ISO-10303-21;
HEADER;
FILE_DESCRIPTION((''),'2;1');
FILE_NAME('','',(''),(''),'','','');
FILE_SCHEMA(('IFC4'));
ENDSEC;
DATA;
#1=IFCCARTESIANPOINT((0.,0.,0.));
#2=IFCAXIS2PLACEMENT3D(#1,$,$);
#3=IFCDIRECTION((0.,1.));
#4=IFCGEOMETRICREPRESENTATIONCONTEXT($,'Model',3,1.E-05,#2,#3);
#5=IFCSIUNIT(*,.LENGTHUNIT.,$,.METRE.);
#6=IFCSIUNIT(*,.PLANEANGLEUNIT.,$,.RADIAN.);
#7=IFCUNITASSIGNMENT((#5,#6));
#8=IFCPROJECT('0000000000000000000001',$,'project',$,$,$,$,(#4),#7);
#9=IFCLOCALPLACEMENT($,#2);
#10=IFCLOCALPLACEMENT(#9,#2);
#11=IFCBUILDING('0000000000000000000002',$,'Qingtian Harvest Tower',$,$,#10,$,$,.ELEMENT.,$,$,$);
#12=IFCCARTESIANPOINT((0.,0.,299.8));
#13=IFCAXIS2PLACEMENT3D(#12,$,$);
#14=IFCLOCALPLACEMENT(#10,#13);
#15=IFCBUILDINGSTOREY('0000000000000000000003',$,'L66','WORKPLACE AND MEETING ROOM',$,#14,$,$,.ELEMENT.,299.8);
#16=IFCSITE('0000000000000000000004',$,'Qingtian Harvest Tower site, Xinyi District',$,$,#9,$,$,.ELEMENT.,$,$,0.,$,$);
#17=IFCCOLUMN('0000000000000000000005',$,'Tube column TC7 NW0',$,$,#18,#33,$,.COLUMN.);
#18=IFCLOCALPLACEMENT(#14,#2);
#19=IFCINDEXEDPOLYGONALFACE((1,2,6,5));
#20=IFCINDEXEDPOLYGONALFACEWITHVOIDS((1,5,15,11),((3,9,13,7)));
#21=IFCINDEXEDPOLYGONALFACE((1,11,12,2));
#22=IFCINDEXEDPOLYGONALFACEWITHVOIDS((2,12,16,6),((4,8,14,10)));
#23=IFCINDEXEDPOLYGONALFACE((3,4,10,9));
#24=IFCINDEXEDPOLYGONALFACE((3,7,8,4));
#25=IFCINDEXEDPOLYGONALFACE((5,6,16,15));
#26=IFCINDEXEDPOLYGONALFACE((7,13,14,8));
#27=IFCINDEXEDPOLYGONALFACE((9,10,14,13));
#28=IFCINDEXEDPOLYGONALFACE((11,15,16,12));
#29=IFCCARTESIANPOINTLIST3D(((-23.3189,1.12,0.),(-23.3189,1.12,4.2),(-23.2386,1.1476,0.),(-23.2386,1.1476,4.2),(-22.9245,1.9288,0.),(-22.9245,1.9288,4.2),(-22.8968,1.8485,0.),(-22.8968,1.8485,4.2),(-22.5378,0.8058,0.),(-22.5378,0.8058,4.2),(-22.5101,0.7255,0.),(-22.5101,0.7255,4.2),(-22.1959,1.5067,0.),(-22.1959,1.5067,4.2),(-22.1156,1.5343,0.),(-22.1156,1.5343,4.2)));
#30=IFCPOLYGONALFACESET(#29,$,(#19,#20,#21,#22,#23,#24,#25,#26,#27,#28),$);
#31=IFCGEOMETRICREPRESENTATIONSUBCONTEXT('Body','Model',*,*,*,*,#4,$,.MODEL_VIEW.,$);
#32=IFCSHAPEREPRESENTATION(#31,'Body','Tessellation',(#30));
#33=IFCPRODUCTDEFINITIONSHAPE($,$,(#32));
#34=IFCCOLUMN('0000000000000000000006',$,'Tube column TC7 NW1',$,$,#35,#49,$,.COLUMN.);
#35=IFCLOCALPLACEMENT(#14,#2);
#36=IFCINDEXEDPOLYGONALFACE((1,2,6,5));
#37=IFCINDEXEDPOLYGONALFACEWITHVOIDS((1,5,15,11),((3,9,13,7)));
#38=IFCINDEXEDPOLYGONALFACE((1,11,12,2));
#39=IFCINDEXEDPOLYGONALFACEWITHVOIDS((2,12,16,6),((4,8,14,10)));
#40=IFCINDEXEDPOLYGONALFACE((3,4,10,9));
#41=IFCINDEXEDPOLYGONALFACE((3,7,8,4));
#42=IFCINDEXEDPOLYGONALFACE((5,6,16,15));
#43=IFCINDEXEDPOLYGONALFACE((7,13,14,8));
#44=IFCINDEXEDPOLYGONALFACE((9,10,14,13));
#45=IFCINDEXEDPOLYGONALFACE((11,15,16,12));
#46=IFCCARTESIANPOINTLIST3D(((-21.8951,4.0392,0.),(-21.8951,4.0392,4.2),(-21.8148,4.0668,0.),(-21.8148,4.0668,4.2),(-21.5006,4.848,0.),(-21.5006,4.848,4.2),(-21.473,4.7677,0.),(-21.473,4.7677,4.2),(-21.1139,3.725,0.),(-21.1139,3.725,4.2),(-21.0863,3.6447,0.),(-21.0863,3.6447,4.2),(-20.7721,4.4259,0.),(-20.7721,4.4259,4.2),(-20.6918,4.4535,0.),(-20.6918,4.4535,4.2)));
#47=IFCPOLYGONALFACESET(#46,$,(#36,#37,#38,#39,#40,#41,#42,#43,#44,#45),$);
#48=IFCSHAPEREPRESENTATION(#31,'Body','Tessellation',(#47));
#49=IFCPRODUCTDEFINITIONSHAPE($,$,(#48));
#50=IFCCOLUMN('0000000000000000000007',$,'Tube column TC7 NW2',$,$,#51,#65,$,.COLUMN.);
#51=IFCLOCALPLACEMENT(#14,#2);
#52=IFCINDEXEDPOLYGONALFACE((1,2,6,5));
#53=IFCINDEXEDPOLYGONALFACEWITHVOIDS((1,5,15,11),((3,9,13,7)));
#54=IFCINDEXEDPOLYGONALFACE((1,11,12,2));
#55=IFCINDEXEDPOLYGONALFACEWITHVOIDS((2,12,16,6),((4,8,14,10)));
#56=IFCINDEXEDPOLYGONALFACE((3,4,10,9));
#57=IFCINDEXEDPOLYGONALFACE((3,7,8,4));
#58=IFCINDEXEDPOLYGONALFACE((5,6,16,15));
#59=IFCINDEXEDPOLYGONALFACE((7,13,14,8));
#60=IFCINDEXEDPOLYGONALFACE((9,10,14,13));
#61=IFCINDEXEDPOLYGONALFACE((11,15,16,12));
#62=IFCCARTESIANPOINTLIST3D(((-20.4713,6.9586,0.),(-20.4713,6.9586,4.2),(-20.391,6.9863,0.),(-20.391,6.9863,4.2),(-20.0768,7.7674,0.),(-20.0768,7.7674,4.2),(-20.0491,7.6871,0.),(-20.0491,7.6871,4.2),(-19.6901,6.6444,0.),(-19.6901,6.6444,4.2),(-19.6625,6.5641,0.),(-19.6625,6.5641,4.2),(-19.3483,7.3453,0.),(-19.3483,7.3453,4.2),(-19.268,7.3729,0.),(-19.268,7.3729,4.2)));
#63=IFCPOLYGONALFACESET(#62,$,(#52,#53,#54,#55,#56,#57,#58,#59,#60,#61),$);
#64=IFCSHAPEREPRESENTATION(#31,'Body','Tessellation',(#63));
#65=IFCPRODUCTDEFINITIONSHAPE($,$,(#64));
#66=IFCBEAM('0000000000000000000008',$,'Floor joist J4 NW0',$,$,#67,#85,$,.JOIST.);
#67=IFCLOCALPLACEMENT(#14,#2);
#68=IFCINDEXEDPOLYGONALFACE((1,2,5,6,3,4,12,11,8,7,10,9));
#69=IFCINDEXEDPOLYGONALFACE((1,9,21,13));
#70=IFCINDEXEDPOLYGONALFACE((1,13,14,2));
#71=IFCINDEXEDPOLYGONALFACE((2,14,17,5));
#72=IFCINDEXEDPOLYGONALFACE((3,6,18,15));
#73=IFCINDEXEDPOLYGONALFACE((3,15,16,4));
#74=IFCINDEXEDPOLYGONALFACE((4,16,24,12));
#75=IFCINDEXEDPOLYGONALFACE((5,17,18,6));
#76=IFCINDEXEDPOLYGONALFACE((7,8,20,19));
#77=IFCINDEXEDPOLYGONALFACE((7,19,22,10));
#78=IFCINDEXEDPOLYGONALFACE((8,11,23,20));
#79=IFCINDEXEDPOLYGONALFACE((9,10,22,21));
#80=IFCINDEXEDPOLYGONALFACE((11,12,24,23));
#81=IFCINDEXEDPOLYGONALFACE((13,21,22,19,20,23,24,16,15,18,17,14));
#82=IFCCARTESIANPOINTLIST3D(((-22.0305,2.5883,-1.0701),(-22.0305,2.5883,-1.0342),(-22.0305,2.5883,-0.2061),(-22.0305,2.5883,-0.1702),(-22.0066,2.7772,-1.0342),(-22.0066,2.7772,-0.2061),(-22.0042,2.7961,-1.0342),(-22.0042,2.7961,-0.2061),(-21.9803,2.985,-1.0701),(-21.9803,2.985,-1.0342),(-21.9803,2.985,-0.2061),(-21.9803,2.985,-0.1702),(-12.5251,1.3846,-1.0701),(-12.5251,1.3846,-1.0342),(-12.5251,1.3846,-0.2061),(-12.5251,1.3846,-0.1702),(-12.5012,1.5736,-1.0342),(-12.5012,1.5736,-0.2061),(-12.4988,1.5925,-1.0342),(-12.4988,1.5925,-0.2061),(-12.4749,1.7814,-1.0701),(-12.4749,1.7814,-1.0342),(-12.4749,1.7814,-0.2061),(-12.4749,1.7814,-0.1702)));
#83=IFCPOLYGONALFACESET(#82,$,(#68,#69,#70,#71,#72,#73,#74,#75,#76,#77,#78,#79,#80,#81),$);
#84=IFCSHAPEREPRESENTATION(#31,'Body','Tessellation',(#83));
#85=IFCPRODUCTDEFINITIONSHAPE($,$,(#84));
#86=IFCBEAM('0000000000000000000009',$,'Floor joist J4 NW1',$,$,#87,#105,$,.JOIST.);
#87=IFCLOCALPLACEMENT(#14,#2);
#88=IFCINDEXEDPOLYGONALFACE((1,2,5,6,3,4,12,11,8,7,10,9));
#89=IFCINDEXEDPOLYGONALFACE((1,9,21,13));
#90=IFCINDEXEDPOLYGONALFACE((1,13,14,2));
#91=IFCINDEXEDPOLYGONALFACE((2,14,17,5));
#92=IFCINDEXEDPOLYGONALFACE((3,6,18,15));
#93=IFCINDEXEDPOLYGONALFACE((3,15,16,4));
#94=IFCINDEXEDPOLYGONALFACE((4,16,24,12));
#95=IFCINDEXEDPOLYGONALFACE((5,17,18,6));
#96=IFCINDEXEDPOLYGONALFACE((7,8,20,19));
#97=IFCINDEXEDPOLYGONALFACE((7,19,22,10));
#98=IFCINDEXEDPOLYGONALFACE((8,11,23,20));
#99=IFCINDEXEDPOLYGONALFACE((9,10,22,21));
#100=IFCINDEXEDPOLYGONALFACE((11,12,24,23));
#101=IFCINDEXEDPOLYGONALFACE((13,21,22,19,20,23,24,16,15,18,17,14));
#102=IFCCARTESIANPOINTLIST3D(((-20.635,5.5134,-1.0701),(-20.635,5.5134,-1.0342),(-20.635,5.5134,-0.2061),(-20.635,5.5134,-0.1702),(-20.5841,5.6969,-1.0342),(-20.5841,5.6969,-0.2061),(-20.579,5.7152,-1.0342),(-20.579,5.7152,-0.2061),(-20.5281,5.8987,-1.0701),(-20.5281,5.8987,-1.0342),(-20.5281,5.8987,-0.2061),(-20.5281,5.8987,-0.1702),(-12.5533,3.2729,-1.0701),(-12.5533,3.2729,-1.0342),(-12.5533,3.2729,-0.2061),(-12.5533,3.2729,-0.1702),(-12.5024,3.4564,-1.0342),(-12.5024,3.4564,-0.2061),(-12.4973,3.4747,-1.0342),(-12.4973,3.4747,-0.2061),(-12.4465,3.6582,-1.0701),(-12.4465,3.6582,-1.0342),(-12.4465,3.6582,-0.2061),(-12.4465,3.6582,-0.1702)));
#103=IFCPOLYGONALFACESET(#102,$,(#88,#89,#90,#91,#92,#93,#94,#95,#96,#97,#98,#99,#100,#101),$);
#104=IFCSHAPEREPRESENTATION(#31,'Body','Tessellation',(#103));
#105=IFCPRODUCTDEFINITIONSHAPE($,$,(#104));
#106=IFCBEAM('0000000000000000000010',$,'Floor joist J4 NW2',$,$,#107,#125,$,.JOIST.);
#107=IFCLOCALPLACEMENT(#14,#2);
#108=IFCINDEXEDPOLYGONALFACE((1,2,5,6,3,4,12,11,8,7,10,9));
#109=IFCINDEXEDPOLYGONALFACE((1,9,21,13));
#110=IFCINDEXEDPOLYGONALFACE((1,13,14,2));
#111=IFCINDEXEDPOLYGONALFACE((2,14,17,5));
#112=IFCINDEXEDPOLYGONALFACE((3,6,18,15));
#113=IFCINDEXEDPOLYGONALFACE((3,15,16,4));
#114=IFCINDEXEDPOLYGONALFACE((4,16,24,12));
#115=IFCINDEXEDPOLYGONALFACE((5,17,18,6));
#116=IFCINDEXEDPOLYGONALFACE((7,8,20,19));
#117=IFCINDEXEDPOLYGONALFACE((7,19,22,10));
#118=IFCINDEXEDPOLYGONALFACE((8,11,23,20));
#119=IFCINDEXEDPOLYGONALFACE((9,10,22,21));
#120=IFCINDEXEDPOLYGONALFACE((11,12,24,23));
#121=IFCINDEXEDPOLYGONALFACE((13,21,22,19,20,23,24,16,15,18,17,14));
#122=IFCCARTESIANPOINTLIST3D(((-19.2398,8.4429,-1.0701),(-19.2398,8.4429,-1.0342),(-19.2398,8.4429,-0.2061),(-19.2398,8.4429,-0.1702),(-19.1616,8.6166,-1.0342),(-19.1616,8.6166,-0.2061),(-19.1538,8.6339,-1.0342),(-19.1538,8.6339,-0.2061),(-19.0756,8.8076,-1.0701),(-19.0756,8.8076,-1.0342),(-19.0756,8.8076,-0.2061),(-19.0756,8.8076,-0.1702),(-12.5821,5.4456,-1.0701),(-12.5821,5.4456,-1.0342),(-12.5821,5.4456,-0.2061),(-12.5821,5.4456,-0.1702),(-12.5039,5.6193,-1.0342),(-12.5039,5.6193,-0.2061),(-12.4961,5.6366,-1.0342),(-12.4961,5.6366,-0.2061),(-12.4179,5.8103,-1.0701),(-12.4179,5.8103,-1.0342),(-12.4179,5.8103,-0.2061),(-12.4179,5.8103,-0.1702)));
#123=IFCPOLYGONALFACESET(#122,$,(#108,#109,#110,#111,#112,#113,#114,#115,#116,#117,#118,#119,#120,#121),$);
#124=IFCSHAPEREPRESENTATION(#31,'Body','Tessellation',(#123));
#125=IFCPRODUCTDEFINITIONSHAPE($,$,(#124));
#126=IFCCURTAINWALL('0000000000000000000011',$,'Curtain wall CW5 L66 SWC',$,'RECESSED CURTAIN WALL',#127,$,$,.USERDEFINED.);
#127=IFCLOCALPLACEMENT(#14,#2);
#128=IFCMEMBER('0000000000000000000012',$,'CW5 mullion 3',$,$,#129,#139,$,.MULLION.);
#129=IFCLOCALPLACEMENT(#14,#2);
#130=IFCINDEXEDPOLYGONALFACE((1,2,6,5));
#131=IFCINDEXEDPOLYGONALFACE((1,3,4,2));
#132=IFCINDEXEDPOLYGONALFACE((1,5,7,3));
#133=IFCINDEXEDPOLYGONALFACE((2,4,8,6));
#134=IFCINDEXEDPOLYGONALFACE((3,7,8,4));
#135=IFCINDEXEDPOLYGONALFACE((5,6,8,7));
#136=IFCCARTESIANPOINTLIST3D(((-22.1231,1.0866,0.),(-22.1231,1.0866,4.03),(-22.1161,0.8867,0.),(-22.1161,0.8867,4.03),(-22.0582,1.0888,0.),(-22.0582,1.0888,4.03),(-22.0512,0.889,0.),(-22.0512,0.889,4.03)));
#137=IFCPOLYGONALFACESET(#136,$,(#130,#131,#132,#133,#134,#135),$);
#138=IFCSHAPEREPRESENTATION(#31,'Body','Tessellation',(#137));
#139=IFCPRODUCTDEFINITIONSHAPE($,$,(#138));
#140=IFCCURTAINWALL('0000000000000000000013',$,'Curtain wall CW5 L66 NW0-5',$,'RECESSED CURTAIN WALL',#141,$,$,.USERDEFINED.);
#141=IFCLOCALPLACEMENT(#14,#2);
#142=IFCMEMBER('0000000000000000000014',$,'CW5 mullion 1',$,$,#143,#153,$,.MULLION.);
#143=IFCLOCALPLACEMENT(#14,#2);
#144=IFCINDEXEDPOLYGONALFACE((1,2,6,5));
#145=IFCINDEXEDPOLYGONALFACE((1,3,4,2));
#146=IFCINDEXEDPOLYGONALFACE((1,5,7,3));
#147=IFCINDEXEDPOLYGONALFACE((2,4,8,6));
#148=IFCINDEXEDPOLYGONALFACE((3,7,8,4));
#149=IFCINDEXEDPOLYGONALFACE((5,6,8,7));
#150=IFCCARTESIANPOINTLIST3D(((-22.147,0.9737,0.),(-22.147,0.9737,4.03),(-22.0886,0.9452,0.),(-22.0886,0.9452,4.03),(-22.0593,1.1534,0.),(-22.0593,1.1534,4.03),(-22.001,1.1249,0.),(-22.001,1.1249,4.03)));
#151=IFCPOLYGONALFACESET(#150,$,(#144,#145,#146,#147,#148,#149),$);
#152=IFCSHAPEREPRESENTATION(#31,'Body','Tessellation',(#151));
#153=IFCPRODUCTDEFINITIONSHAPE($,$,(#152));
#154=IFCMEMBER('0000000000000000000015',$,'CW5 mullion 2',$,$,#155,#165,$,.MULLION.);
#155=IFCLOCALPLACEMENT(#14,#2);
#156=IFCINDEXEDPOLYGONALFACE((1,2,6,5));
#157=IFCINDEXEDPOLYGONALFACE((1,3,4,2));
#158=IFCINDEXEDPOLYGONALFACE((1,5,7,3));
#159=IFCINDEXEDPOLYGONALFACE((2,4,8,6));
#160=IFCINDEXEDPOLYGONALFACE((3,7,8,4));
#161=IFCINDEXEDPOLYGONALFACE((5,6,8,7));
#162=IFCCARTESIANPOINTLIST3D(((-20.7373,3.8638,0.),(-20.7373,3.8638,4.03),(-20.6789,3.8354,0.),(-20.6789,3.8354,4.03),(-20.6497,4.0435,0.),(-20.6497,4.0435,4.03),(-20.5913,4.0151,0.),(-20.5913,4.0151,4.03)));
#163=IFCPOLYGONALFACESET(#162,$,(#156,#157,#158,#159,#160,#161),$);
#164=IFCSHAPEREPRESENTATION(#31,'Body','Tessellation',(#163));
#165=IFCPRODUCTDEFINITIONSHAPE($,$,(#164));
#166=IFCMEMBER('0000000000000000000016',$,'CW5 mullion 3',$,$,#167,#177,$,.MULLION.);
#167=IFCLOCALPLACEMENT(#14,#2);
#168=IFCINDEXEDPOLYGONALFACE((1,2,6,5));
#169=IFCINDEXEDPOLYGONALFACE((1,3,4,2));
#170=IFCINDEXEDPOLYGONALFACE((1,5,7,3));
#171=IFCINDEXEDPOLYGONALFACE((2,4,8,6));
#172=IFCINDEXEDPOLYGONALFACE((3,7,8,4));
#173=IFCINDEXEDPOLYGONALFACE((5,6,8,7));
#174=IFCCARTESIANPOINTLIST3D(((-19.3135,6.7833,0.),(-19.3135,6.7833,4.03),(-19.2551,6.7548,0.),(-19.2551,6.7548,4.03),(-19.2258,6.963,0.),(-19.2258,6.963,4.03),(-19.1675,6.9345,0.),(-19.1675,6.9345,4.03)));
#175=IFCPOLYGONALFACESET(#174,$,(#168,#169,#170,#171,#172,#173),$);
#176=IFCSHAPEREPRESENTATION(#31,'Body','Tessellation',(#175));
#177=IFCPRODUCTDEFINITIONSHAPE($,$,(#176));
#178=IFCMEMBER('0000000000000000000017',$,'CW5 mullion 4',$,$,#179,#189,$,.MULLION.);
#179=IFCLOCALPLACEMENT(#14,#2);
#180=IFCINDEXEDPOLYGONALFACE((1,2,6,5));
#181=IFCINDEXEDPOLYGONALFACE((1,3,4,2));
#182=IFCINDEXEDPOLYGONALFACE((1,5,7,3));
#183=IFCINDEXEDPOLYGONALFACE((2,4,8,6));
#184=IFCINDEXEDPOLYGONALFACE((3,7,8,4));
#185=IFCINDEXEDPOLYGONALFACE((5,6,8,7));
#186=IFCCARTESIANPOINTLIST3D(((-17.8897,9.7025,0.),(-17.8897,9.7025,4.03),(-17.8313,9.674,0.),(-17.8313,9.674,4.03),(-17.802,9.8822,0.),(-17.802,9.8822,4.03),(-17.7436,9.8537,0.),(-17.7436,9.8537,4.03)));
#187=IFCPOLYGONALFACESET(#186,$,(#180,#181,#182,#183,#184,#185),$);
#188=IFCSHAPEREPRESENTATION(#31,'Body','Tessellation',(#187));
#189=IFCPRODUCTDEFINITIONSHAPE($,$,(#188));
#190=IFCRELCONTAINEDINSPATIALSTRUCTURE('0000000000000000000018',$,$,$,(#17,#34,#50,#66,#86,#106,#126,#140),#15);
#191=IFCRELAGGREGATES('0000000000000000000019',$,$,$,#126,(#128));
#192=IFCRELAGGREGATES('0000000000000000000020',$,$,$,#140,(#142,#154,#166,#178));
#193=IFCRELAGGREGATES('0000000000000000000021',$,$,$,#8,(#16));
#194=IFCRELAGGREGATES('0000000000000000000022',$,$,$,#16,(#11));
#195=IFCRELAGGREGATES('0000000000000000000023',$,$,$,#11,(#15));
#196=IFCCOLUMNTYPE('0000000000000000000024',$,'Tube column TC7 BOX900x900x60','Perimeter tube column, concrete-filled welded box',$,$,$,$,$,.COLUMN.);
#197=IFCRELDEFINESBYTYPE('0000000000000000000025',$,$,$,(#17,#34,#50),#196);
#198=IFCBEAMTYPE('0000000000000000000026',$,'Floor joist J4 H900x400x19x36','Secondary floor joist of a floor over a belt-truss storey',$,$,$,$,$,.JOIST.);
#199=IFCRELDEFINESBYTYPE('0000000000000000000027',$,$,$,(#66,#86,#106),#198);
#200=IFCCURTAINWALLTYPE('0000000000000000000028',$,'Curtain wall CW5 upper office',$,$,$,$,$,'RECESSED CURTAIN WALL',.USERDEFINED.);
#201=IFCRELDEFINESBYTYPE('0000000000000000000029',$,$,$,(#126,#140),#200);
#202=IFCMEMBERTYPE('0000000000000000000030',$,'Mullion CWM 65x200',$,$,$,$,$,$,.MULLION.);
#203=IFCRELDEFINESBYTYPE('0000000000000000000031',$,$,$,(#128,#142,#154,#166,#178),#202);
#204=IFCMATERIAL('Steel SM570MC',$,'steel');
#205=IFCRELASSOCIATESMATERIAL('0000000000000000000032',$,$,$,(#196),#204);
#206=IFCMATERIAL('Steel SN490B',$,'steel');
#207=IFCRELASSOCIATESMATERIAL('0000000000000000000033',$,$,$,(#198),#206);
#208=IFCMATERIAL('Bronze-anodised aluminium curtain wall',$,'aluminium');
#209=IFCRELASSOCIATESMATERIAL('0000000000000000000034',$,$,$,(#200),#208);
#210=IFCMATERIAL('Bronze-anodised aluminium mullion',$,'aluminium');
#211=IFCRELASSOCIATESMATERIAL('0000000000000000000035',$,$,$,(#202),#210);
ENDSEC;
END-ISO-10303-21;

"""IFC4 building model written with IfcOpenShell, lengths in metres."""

from ifc_helpers import new_model, si_unit, direction, frame, origin, origin_2d, place, context, subcontext, project, spatial, rectangle, hollow_rectangle, i_section, extrude, material, material_profile, profile_set, type_object, element, aggregate, save


model = new_model("IFC4")

# Units and contexts
model_context = context("Model", 3, precision=1e-05, world=origin(), true_north=direction((0.0, 1.0)))
body_context = subcontext(model_context, "Body", "Model", "MODEL_VIEW")
ifc_project = project(units=[si_unit("LENGTHUNIT", "METRE"), si_unit("PLANEANGLEUNIT", "RADIAN")], contexts=[model_context])

# Site, building, storey
site_placement = place(None, origin())
site = spatial("IfcSite", under=ifc_project, at=site_placement, Name="Qingtian Harvest Tower site, Xinyi District", CompositionType="ELEMENT", RefElevation=0.0)
building_placement = place(site_placement, origin())
building = spatial("IfcBuilding", under=site, at=building_placement, Name="Qingtian Harvest Tower", CompositionType="ELEMENT")
storey_placement = place(building_placement, frame((0.0, 0.0, 299.8)))
storey = spatial("IfcBuildingStorey", under=building, at=storey_placement, Name="L66", Description="WORKPLACE AND MEETING ROOM", CompositionType="ELEMENT", Elevation=299.8)

# Columns
ifc_material_1 = material(Name="Steel SM570MC", Category="steel")
ifc_material_profile_1 = material_profile(ifc_material_1, hollow_rectangle(XDim=0.8999, YDim=0.8999, WallThickness=0.0601, at=origin_2d()), Name="BOX900x900x60")
ifc_profile_set_1 = profile_set([ifc_material_profile_1], Name="Steel SM570MC")
column_type = type_object("IfcColumnType", Name="Tube column TC7 BOX900x900x60", Description="Perimeter tube column, concrete-filled welded box", PredefinedType="COLUMN", material=ifc_profile_set_1)
for number, where, z_axis, x_axis, name in (
    (1, (-22.7173, 1.3271, 0.0), (0.0, 0.0, 1.0), (-0.438371, -0.898794, 0.0), "Tube column TC7 NW0"),
    (2, (-21.2935, 4.2463, 0.0), (0.0, 0.0, 1.0), (-0.438371, -0.898794, 0.0), "Tube column TC7 NW1"),
    (3, (-19.8696, 7.1658, 0.0), (0.0, 0.0, 1.0), (-0.438371, -0.898794, 0.0), "Tube column TC7 NW2"),
):
    element("IfcColumn", number, at=place(storey_placement, frame(where, z_axis=z_axis, x_axis=x_axis)), inside=storey, type_object=column_type, Name=name, PredefinedType="COLUMN", context=body_context, shape_type="SweptSolid", body=[
        extrude(hollow_rectangle(XDim=0.8999, YDim=0.8999, WallThickness=0.0601, at=origin_2d()), origin(), (0.0, 0.0, 1.0), 4.2),
    ])

# Beams
ifc_material_2 = material(Name="Steel SN490B", Category="steel")
ifc_material_profile_2 = material_profile(ifc_material_2, i_section(OverallWidth=0.3999, OverallDepth=0.8999, WebThickness=0.019, FlangeThickness=0.0359, at=origin_2d()), Name="H900x400x19x36")
ifc_profile_set_2 = profile_set([ifc_material_profile_2], Name="Steel SN490B")
beam_type_1 = type_object("IfcBeamType", Name="Floor joist J4 H900x400x19x36", Description="Secondary floor joist of a floor over a belt-truss storey", PredefinedType="JOIST", material=ifc_profile_set_2)
beam_1_placement = place(storey_placement, frame((-22.0054, 2.7866, -0.6201), z_axis=(0.992078, -0.125621, 0.0), x_axis=(0.125621, 0.992078, 0.0)))
element("IfcBeam", 4, at=beam_1_placement, inside=storey, type_object=beam_type_1, Name="Floor joist J4 NW0", PredefinedType="JOIST", context=body_context, shape_type="SweptSolid", body=[
    extrude(i_section(OverallWidth=0.3999, OverallDepth=0.8999, WebThickness=0.019, FlangeThickness=0.0359, at=origin_2d()), origin(), (0.0, 0.0, 1.0), 9.5813),
])
beam_2_placement = place(storey_placement, frame((-20.5815, 5.7061, -0.6201), z_axis=(0.963653, -0.267157, 0.0), x_axis=(0.267157, 0.963653, 0.0)))
element("IfcBeam", 5, at=beam_2_placement, inside=storey, type_object=beam_type_1, Name="Floor joist J4 NW1", PredefinedType="JOIST", context=body_context, shape_type="SweptSolid", body=[
    extrude(i_section(OverallWidth=0.3999, OverallDepth=0.8999, WebThickness=0.019, FlangeThickness=0.0359, at=origin_2d()), origin(), (0.0, 0.0, 1.0), 8.3865),
])
beam_3_placement = place(storey_placement, frame((-19.1577, 8.6252, -0.6201), z_axis=(0.911853, -0.410518, 0.0), x_axis=(0.410518, 0.911853, 0.0)))
element("IfcBeam", 6, at=beam_3_placement, inside=storey, type_object=beam_type_1, Name="Floor joist J4 NW2", PredefinedType="JOIST", context=body_context, shape_type="SweptSolid", body=[
    extrude(i_section(OverallWidth=0.3999, OverallDepth=0.8999, WebThickness=0.019, FlangeThickness=0.0359, at=origin_2d()), origin(), (0.0, 0.0, 1.0), 7.3013),
])

# Curtain wall, member
ifc_material_3 = material(Name="Bronze-anodised aluminium curtain wall", Category="aluminium")
curtain_wall_type = type_object("IfcCurtainWallType", Name="Curtain wall CW5 upper office", ElementType="RECESSED CURTAIN WALL", PredefinedType="USERDEFINED", material=ifc_material_3)
curtain_wall_1_placement = place(storey_placement, origin())
curtain_wall_1 = element("IfcCurtainWall", 7, at=curtain_wall_1_placement, inside=storey, type_object=curtain_wall_type, Name="Curtain wall CW5 L66 SWC", ObjectType="RECESSED CURTAIN WALL", PredefinedType="USERDEFINED")
ifc_material_4 = material(Name="Bronze-anodised aluminium mullion", Category="aluminium")
ifc_material_profile_3 = material_profile(ifc_material_4, rectangle(XDim=0.0649, YDim=0.2, at=origin_2d()), Name="AL 65x200")
ifc_profile_set_3 = profile_set([ifc_material_profile_3], Name="Bronze-anodised aluminium mullion")
member_type_1 = type_object("IfcMemberType", Name="Mullion CWM 65x200", PredefinedType="MULLION", material=ifc_profile_set_3)
member_1_placement = place(storey_placement, frame((-22.0872, 0.9878, 0.0), z_axis=(0.0, 0.0, 1.0), x_axis=(-0.999391, -0.034899, 0.0)))
member_1 = element("IfcMember", 8, at=member_1_placement, type_object=member_type_1, Name="CW5 mullion 3", PredefinedType="MULLION", context=body_context, shape_type="SweptSolid", body=[
    extrude(rectangle(XDim=0.0649, YDim=0.2, at=origin_2d()), origin(), (0.0, 0.0, 1.0), 4.03),
])

# Curtain wall, members
curtain_wall_2_placement = place(storey_placement, origin())
curtain_wall_2 = element("IfcCurtainWall", 9, at=curtain_wall_2_placement, inside=storey, type_object=curtain_wall_type, Name="Curtain wall CW5 L66 NW0-5", ObjectType="RECESSED CURTAIN WALL", PredefinedType="USERDEFINED")
member_2_placement = place(storey_placement, frame((-22.074, 1.0493, 0.0), z_axis=(0.0, 0.0, 1.0), x_axis=(-0.898794, 0.438371, 0.0)))
member_2 = element("IfcMember", 10, at=member_2_placement, type_object=member_type_1, Name="CW5 mullion 1", PredefinedType="MULLION", context=body_context, shape_type="SweptSolid", body=[
    extrude(rectangle(XDim=0.0649, YDim=0.2, at=origin_2d()), origin(), (0.0, 0.0, 1.0), 4.03),
])
member_3_placement = place(storey_placement, frame((-20.6643, 3.9395, 0.0), z_axis=(0.0, 0.0, 1.0), x_axis=(-0.898794, 0.438371, 0.0)))
member_3 = element("IfcMember", 11, at=member_3_placement, type_object=member_type_1, Name="CW5 mullion 2", PredefinedType="MULLION", context=body_context, shape_type="SweptSolid", body=[
    extrude(rectangle(XDim=0.0649, YDim=0.2, at=origin_2d()), origin(), (0.0, 0.0, 1.0), 4.03),
])
member_4_placement = place(storey_placement, frame((-19.2405, 6.8589, 0.0), z_axis=(0.0, 0.0, 1.0), x_axis=(-0.898794, 0.438371, 0.0)))
member_4 = element("IfcMember", 12, at=member_4_placement, type_object=member_type_1, Name="CW5 mullion 3", PredefinedType="MULLION", context=body_context, shape_type="SweptSolid", body=[
    extrude(rectangle(XDim=0.0649, YDim=0.2, at=origin_2d()), origin(), (0.0, 0.0, 1.0), 4.03),
])
member_5_placement = place(storey_placement, frame((-17.8167, 9.7781, 0.0), z_axis=(0.0, 0.0, 1.0), x_axis=(-0.898794, 0.438371, 0.0)))
member_5 = element("IfcMember", 13, at=member_5_placement, type_object=member_type_1, Name="CW5 mullion 4", PredefinedType="MULLION", context=body_context, shape_type="SweptSolid", body=[
    extrude(rectangle(XDim=0.0649, YDim=0.2, at=origin_2d()), origin(), (0.0, 0.0, 1.0), 4.03),
])

aggregate(curtain_wall_1, [member_1])
aggregate(curtain_wall_2, [member_2, member_3, member_4, member_5])

save(model, "model.ifc")
